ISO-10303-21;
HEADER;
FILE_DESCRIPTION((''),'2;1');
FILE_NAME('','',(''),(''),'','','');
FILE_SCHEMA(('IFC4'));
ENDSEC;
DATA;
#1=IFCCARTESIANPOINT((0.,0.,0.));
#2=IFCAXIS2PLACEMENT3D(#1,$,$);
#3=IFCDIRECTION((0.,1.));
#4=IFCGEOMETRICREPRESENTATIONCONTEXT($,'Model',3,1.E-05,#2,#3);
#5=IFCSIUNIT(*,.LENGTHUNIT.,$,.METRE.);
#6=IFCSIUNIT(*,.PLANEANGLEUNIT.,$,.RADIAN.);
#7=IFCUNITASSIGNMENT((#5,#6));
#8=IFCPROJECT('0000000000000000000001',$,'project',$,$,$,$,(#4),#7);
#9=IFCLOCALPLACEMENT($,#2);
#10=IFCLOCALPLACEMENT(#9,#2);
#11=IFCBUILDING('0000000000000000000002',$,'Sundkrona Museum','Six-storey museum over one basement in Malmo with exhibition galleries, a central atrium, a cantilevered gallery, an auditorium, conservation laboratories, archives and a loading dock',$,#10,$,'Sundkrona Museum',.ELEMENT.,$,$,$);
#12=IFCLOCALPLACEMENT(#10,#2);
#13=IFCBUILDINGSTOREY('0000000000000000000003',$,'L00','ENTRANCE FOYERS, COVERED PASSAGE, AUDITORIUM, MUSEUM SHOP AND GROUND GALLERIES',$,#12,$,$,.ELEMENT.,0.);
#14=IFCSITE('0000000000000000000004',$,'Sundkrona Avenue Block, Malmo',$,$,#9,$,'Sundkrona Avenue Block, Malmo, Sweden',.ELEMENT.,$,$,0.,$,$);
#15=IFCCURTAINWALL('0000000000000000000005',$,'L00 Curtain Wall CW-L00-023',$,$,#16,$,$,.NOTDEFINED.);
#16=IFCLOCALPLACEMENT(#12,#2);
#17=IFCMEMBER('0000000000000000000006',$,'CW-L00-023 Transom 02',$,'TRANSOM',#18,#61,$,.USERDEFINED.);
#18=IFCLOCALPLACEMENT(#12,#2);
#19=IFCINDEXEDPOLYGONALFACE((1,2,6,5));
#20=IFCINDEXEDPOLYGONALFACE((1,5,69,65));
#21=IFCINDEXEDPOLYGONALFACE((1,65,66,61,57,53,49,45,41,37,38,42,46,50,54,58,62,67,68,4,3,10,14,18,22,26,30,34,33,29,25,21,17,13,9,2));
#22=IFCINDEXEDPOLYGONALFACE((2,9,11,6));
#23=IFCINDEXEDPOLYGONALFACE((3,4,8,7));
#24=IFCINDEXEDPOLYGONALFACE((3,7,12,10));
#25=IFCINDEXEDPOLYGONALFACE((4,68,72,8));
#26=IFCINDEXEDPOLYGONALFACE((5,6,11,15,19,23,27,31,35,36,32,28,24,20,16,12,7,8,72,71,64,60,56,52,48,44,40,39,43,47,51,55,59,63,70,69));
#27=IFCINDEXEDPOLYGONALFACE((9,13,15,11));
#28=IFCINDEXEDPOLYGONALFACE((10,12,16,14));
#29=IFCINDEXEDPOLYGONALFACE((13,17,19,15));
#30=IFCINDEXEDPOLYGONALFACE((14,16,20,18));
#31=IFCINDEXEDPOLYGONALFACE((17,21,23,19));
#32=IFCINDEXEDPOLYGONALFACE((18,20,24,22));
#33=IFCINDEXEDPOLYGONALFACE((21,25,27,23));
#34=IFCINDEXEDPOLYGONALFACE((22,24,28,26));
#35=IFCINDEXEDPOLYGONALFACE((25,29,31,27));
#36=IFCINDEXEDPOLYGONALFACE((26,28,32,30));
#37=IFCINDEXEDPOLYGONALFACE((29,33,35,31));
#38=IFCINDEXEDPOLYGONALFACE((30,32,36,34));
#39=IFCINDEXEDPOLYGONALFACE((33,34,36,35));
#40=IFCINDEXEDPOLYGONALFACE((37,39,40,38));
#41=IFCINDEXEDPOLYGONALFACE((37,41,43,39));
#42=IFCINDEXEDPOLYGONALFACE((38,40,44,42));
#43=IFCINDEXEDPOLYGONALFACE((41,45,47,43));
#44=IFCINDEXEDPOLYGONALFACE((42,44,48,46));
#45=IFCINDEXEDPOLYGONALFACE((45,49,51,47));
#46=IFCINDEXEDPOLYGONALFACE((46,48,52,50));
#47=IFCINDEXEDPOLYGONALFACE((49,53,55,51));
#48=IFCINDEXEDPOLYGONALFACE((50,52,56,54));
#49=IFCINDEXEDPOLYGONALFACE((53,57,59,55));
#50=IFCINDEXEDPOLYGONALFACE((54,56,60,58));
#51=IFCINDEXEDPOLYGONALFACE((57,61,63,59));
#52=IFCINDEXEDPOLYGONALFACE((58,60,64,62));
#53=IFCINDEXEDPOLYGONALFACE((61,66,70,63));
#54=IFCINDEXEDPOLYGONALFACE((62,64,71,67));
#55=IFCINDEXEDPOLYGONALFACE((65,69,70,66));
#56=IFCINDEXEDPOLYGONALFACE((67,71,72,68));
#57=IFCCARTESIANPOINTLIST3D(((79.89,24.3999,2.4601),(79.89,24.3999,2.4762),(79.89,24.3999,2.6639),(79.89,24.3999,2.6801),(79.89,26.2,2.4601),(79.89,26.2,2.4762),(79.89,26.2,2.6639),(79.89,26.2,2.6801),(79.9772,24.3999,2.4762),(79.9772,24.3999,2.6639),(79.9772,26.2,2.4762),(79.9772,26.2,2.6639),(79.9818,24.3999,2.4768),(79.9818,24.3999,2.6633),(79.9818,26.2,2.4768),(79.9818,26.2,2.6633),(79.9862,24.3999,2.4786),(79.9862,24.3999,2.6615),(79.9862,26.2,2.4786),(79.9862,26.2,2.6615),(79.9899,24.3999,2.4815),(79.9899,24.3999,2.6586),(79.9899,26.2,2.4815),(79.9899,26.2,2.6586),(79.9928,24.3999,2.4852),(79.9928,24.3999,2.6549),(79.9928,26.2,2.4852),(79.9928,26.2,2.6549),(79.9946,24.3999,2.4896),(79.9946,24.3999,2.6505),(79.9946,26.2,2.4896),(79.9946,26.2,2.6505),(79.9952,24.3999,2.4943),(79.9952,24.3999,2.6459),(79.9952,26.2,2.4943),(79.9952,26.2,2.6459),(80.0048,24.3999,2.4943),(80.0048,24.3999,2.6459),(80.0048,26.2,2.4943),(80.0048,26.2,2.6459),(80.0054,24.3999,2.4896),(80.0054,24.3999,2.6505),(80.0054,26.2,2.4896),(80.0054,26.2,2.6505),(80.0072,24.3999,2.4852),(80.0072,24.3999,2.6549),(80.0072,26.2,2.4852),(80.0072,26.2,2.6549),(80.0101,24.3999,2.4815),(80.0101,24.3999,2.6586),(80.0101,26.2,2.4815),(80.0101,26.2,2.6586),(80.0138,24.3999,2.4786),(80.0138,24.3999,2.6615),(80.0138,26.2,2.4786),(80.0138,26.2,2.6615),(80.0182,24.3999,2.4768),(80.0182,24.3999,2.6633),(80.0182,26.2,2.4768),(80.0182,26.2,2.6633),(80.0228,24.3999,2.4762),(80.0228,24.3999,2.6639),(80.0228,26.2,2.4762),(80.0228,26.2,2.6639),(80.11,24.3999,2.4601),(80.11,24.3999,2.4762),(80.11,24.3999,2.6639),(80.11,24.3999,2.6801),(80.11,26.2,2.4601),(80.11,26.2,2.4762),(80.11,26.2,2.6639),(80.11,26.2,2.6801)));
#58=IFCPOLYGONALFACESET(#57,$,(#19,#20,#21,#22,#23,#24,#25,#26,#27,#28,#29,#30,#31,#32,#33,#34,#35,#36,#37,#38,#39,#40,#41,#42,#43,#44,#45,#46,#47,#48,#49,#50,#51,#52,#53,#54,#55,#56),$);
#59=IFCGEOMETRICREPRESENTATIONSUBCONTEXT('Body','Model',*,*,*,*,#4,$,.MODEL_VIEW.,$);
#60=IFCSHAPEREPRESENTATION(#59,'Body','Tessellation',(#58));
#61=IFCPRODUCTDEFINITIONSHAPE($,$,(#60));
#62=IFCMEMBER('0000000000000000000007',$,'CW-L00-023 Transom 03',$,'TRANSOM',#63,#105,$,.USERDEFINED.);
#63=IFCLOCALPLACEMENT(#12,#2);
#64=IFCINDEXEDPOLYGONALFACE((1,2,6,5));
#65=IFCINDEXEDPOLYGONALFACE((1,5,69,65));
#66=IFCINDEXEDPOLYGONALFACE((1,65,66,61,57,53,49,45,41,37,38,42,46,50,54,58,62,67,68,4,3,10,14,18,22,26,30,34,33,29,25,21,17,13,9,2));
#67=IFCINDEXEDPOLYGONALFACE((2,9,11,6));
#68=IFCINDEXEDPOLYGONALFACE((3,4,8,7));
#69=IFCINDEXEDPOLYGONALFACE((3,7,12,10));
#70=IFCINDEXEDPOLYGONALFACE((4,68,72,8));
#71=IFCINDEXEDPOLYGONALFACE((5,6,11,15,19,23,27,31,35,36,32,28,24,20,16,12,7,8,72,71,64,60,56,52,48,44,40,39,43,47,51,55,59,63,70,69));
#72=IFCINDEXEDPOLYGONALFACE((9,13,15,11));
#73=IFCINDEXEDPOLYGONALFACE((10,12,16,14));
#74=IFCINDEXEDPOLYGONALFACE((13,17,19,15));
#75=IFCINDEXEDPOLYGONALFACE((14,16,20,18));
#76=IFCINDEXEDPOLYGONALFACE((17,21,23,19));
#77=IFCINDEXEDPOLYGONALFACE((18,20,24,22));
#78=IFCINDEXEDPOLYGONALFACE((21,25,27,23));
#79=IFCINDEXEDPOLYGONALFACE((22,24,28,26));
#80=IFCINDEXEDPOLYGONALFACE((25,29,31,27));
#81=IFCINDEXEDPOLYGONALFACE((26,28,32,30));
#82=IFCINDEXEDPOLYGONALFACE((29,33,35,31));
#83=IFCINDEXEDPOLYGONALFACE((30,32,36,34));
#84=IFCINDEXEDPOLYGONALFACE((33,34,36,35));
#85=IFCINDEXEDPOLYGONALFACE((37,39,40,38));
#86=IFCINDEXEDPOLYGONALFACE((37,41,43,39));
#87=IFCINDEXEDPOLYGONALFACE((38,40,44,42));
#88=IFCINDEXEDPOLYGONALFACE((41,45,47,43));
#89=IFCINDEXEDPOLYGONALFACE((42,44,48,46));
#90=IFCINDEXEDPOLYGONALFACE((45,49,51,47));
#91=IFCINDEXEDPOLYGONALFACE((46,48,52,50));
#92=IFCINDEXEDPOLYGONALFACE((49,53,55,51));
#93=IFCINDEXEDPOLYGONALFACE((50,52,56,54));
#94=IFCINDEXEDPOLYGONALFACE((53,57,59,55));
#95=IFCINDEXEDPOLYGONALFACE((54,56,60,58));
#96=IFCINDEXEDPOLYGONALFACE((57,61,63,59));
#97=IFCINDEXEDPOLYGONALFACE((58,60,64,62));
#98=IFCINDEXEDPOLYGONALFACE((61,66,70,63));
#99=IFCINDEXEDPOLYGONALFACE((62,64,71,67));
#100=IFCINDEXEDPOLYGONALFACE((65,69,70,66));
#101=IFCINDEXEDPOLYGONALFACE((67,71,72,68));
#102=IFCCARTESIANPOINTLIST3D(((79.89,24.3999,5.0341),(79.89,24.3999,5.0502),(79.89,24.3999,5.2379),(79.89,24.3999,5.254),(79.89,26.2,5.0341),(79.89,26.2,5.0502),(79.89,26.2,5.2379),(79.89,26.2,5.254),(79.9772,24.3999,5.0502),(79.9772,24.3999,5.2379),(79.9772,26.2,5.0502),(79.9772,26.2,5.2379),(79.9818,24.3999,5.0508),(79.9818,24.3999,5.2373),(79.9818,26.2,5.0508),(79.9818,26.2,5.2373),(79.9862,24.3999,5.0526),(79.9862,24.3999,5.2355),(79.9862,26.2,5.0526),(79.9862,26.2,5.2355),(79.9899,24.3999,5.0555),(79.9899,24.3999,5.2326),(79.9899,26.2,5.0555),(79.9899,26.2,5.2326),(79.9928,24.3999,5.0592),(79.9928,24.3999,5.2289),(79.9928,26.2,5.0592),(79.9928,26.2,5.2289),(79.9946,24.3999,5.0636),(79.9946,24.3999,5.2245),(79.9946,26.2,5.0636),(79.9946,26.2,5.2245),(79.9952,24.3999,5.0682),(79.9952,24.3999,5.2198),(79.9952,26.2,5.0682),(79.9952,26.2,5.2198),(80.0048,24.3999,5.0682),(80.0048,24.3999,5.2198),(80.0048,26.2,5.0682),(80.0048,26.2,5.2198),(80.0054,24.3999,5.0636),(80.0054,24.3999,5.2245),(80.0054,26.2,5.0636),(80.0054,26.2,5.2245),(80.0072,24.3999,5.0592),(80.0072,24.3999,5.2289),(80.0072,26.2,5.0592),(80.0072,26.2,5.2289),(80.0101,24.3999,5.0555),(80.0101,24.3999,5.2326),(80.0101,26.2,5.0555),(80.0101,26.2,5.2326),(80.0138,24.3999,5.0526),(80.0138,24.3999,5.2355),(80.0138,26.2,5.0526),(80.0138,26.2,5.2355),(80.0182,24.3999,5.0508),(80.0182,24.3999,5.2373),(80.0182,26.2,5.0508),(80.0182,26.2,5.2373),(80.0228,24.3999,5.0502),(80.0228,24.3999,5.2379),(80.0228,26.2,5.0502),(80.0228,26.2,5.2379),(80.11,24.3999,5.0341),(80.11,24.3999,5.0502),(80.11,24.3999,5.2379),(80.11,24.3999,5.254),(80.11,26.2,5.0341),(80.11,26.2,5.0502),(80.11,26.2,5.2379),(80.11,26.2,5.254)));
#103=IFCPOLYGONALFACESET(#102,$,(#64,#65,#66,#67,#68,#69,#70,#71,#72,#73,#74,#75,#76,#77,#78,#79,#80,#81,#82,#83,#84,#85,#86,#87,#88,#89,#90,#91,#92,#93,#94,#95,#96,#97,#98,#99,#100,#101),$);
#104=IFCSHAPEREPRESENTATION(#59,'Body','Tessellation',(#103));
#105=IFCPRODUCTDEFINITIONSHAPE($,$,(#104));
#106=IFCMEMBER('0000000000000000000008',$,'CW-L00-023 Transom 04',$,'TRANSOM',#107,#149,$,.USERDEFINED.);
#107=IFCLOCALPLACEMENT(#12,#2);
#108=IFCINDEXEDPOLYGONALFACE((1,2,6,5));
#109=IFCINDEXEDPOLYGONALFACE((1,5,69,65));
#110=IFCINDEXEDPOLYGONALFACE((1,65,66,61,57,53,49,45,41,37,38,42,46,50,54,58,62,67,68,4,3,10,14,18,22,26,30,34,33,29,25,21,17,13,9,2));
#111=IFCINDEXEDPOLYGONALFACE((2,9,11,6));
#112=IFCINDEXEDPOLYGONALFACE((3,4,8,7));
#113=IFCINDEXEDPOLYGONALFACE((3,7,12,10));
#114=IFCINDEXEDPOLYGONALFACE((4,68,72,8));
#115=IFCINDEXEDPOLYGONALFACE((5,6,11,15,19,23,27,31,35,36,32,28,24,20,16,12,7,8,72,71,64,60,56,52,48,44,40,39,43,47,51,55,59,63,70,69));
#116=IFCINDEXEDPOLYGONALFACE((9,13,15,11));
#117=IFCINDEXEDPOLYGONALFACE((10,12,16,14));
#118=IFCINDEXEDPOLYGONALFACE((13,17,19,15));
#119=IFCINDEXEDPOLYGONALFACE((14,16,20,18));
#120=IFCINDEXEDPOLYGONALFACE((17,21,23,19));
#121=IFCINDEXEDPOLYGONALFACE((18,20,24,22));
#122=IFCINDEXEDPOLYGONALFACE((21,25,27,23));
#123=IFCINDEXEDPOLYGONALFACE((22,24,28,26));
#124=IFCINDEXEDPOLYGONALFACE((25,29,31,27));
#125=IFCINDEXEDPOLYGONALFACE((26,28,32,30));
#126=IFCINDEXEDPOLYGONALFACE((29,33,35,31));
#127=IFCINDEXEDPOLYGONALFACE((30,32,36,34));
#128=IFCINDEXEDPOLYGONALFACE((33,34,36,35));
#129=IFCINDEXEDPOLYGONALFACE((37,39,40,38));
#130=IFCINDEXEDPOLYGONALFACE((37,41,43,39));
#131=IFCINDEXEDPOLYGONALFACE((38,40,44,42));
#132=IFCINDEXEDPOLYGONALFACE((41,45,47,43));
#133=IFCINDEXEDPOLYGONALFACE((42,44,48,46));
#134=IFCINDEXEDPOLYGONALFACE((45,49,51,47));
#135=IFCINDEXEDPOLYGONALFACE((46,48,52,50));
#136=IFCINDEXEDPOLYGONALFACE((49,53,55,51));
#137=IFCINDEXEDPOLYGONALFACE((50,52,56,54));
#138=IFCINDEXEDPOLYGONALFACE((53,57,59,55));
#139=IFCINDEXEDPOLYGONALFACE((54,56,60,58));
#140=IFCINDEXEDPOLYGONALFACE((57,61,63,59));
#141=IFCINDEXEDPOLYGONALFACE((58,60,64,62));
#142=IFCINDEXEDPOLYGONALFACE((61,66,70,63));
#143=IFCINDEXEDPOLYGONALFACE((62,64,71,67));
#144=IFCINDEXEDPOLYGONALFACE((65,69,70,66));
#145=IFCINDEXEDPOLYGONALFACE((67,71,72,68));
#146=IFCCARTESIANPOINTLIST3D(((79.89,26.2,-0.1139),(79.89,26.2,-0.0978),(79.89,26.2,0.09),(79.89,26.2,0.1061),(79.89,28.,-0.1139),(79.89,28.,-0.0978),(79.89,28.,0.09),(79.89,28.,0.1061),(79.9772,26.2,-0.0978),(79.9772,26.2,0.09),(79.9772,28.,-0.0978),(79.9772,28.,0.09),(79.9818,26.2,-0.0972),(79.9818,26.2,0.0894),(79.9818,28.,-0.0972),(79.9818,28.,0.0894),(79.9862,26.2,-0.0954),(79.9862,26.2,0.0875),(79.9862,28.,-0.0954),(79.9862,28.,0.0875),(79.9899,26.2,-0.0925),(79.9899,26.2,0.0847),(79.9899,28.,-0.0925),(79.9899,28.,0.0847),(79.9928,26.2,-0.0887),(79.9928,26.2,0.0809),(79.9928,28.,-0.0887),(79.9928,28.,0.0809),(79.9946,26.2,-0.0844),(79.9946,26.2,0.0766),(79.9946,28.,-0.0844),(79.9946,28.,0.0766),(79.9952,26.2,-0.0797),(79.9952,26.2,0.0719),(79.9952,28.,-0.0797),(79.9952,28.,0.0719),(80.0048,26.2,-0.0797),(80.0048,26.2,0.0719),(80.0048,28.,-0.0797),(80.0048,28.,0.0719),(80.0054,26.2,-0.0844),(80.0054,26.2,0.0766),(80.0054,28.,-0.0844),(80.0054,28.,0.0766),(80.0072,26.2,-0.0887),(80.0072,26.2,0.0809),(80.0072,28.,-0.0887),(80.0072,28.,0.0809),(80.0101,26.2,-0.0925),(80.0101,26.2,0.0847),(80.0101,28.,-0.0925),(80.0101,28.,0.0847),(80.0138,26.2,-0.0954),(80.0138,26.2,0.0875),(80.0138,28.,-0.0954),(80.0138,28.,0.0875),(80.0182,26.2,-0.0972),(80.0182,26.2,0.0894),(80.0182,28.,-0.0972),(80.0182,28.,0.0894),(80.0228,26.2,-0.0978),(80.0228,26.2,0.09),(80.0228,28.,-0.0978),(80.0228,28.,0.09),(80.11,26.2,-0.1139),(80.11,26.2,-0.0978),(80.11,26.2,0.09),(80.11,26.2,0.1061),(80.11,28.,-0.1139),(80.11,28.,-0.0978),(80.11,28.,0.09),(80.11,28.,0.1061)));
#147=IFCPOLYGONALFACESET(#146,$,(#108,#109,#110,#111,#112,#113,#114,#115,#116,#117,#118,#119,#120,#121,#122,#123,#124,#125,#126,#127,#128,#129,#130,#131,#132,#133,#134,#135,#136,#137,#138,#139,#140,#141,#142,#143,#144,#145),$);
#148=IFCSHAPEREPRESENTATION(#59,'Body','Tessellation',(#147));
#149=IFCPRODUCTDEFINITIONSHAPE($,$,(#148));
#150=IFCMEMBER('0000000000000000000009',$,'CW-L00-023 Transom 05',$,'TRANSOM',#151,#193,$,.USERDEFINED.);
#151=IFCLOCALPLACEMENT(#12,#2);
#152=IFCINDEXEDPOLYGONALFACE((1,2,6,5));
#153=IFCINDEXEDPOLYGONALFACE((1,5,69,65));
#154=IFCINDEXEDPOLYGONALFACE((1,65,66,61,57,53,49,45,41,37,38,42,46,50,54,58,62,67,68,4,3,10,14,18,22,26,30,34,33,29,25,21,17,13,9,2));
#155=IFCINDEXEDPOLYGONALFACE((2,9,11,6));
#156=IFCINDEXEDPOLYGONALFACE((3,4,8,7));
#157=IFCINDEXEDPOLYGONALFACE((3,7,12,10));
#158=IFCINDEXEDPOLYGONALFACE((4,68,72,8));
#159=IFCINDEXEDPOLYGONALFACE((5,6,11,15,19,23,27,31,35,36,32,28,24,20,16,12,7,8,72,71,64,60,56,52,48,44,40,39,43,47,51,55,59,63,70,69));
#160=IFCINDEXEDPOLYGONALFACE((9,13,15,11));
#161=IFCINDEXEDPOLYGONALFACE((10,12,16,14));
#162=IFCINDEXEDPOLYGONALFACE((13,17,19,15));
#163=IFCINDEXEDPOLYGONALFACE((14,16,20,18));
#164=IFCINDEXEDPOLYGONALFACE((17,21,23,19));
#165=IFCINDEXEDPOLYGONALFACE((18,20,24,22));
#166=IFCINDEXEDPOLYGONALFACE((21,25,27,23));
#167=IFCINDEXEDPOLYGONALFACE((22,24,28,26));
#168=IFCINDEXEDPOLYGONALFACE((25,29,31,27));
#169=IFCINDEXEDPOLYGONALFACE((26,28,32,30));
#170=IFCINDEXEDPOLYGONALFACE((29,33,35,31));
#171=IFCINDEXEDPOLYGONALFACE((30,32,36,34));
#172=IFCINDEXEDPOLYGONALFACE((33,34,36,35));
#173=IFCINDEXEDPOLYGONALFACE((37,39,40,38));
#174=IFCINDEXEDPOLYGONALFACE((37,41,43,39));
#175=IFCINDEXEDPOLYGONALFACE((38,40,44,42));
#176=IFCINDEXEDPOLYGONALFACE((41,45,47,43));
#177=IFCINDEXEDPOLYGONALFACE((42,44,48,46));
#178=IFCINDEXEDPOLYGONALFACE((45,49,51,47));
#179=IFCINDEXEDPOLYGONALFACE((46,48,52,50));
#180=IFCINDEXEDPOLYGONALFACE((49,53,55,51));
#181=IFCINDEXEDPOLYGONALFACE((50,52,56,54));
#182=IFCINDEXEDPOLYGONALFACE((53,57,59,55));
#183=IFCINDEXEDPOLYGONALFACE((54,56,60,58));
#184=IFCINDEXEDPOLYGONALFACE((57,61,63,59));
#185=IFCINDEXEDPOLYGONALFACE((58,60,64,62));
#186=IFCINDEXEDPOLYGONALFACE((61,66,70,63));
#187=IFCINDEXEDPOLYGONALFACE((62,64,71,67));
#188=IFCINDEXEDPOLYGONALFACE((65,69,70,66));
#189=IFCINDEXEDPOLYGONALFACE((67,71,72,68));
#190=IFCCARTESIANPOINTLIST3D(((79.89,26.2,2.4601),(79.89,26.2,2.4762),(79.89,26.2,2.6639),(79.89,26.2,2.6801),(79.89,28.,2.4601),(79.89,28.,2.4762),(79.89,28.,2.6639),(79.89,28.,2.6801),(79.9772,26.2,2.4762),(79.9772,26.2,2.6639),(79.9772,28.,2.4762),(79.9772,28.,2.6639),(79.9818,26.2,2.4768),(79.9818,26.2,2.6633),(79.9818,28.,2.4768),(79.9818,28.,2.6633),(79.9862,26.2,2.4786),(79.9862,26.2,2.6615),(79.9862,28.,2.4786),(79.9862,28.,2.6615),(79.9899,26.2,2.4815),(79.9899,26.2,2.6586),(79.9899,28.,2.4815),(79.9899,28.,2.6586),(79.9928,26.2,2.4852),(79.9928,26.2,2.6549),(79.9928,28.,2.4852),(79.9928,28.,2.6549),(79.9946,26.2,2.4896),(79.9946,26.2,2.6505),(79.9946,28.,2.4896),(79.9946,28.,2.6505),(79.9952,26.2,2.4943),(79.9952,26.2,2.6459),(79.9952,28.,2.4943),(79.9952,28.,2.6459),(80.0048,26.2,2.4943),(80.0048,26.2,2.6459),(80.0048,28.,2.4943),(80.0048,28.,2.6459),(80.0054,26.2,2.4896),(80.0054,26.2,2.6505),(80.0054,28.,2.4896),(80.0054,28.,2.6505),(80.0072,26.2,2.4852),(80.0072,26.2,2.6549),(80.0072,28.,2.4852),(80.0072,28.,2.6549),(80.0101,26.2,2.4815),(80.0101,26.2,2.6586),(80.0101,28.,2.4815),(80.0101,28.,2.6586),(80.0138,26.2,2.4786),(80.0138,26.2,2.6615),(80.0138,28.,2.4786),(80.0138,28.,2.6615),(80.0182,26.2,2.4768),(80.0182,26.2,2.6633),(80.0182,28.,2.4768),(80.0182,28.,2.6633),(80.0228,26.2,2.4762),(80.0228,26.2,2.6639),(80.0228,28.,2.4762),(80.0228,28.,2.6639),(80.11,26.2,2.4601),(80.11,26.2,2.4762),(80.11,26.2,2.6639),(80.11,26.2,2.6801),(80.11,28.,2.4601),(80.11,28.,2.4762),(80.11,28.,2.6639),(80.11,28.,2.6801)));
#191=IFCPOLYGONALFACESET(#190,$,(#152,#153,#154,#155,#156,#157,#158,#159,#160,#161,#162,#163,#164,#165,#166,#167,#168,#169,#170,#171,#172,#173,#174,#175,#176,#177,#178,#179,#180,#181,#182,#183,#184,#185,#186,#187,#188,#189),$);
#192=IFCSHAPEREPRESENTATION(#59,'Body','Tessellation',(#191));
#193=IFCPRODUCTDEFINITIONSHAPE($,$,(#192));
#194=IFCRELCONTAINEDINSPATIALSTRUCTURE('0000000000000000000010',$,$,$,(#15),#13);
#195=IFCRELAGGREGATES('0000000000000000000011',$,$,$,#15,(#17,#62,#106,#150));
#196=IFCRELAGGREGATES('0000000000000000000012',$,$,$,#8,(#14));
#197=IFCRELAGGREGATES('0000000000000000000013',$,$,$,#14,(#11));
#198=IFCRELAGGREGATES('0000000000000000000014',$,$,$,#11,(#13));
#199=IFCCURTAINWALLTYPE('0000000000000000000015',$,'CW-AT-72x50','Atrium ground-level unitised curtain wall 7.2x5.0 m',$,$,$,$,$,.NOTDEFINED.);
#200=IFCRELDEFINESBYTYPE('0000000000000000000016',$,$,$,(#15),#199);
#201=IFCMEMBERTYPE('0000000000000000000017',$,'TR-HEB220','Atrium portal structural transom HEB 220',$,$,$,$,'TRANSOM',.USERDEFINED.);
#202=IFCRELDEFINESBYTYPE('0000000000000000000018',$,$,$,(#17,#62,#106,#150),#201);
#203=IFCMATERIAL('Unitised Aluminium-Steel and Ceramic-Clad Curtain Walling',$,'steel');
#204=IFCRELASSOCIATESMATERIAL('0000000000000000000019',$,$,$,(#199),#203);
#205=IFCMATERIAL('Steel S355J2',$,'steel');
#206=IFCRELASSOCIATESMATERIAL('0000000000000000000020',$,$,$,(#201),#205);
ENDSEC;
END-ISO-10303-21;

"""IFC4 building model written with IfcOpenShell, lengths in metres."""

from ifc_helpers import new_model, si_unit, direction, frame, origin, origin_2d, place, context, subcontext, project, spatial, i_section, extrude, material, material_profile, profile_set, type_object, element, aggregate, save


model = new_model("IFC4")

# Units and contexts
model_context = context("Model", 3, precision=1e-05, world=origin(), true_north=direction((0.0, 1.0)))
body_context = subcontext(model_context, "Body", "Model", "MODEL_VIEW")
ifc_project = project(units=[si_unit("LENGTHUNIT", "METRE"), si_unit("PLANEANGLEUNIT", "RADIAN")], contexts=[model_context])

# Site, building, storey
site_placement = place(None, origin())
site = spatial("IfcSite", under=ifc_project, at=site_placement, Name="Sundkrona Avenue Block, Malmo", LongName="Sundkrona Avenue Block, Malmo, Sweden", CompositionType="ELEMENT", RefElevation=0.0)
building_placement = place(site_placement, origin())
building = spatial("IfcBuilding", under=site, at=building_placement, Name="Sundkrona Museum", Description="Six-storey museum over one basement in Malmo with exhibition galleries, a central atrium, a cantilevered gallery, an auditorium, conservation laboratories, archives and a loading dock", LongName="Sundkrona Museum", CompositionType="ELEMENT")
storey_placement = place(building_placement, origin())
storey = spatial("IfcBuildingStorey", under=building, at=storey_placement, Name="L00", Description="ENTRANCE FOYERS, COVERED PASSAGE, AUDITORIUM, MUSEUM SHOP AND GROUND GALLERIES", CompositionType="ELEMENT", Elevation=0.0)

# Shared definitions
ifc_material_1 = material(Name="Steel S355J2", Category="steel")

# Curtain wall
ifc_material_2 = material(Name="Unitised Aluminium-Steel and Ceramic-Clad Curtain Walling", Category="steel")
curtain_wall_type = type_object("IfcCurtainWallType", Name="CW-AT-72x50", Description="Atrium ground-level unitised curtain wall 7.2x5.0 m", PredefinedType="NOTDEFINED", material=ifc_material_2)
curtain_wall_1_placement = place(storey_placement, origin())
curtain_wall_1 = element("IfcCurtainWall", 1, at=curtain_wall_1_placement, inside=storey, type_object=curtain_wall_type, Name="L00 Curtain Wall CW-L00-023", PredefinedType="NOTDEFINED")

# Members
ifc_material_profile_1 = material_profile(ifc_material_1, i_section(OverallWidth=0.22, OverallDepth=0.22, WebThickness=0.0095, FlangeThickness=0.0161, FilletRadius=0.0181, at=origin_2d()), Name="HEB 220")
ifc_profile_set_1 = profile_set([ifc_material_profile_1], Name="Steel S355J2")
member_type_1 = type_object("IfcMemberType", Name="TR-HEB220", Description="Atrium portal structural transom HEB 220", ElementType="TRANSOM", PredefinedType="USERDEFINED", material=ifc_profile_set_1)
member_1_placement = place(storey_placement, frame((80.0, 24.3999, 2.5701), z_axis=(0.0, 1.0, 0.0), x_axis=(-1.0, 0.0, 0.0)))
member_1 = element("IfcMember", 2, at=member_1_placement, type_object=member_type_1, Name="CW-L00-023 Transom 02", ObjectType="TRANSOM", PredefinedType="USERDEFINED", context=body_context, shape_type="SweptSolid", body=[
    extrude(i_section(OverallWidth=0.22, OverallDepth=0.22, WebThickness=0.0095, FlangeThickness=0.0161, FilletRadius=0.0181, at=origin_2d()), origin(), (0.0, 0.0, 1.0), 1.8),
])
member_2_placement = place(storey_placement, frame((80.0, 24.3999, 5.144), z_axis=(0.0, 1.0, 0.0), x_axis=(-1.0, 0.0, 0.0)))
member_2 = element("IfcMember", 3, at=member_2_placement, type_object=member_type_1, Name="CW-L00-023 Transom 03", ObjectType="TRANSOM", PredefinedType="USERDEFINED", context=body_context, shape_type="SweptSolid", body=[
    extrude(i_section(OverallWidth=0.22, OverallDepth=0.22, WebThickness=0.0095, FlangeThickness=0.0161, FilletRadius=0.0181, at=origin_2d()), origin(), (0.0, 0.0, 1.0), 1.8),
])
member_3_placement = place(storey_placement, frame((80.0, 26.2, -0.0039), z_axis=(0.0, 1.0, 0.0), x_axis=(-1.0, 0.0, 0.0)))
member_3 = element("IfcMember", 4, at=member_3_placement, type_object=member_type_1, Name="CW-L00-023 Transom 04", ObjectType="TRANSOM", PredefinedType="USERDEFINED", context=body_context, shape_type="SweptSolid", body=[
    extrude(i_section(OverallWidth=0.22, OverallDepth=0.22, WebThickness=0.0095, FlangeThickness=0.0161, FilletRadius=0.0181, at=origin_2d()), origin(), (0.0, 0.0, 1.0), 1.8),
])
member_4_placement = place(storey_placement, frame((80.0, 26.2, 2.5701), z_axis=(0.0, 1.0, 0.0), x_axis=(-1.0, 0.0, 0.0)))
member_4 = element("IfcMember", 5, at=member_4_placement, type_object=member_type_1, Name="CW-L00-023 Transom 05", ObjectType="TRANSOM", PredefinedType="USERDEFINED", context=body_context, shape_type="SweptSolid", body=[
    extrude(i_section(OverallWidth=0.22, OverallDepth=0.22, WebThickness=0.0095, FlangeThickness=0.0161, FilletRadius=0.0181, at=origin_2d()), origin(), (0.0, 0.0, 1.0), 1.8),
])

aggregate(curtain_wall_1, [member_1, member_2, member_3, member_4])

save(model, "model.ifc")
